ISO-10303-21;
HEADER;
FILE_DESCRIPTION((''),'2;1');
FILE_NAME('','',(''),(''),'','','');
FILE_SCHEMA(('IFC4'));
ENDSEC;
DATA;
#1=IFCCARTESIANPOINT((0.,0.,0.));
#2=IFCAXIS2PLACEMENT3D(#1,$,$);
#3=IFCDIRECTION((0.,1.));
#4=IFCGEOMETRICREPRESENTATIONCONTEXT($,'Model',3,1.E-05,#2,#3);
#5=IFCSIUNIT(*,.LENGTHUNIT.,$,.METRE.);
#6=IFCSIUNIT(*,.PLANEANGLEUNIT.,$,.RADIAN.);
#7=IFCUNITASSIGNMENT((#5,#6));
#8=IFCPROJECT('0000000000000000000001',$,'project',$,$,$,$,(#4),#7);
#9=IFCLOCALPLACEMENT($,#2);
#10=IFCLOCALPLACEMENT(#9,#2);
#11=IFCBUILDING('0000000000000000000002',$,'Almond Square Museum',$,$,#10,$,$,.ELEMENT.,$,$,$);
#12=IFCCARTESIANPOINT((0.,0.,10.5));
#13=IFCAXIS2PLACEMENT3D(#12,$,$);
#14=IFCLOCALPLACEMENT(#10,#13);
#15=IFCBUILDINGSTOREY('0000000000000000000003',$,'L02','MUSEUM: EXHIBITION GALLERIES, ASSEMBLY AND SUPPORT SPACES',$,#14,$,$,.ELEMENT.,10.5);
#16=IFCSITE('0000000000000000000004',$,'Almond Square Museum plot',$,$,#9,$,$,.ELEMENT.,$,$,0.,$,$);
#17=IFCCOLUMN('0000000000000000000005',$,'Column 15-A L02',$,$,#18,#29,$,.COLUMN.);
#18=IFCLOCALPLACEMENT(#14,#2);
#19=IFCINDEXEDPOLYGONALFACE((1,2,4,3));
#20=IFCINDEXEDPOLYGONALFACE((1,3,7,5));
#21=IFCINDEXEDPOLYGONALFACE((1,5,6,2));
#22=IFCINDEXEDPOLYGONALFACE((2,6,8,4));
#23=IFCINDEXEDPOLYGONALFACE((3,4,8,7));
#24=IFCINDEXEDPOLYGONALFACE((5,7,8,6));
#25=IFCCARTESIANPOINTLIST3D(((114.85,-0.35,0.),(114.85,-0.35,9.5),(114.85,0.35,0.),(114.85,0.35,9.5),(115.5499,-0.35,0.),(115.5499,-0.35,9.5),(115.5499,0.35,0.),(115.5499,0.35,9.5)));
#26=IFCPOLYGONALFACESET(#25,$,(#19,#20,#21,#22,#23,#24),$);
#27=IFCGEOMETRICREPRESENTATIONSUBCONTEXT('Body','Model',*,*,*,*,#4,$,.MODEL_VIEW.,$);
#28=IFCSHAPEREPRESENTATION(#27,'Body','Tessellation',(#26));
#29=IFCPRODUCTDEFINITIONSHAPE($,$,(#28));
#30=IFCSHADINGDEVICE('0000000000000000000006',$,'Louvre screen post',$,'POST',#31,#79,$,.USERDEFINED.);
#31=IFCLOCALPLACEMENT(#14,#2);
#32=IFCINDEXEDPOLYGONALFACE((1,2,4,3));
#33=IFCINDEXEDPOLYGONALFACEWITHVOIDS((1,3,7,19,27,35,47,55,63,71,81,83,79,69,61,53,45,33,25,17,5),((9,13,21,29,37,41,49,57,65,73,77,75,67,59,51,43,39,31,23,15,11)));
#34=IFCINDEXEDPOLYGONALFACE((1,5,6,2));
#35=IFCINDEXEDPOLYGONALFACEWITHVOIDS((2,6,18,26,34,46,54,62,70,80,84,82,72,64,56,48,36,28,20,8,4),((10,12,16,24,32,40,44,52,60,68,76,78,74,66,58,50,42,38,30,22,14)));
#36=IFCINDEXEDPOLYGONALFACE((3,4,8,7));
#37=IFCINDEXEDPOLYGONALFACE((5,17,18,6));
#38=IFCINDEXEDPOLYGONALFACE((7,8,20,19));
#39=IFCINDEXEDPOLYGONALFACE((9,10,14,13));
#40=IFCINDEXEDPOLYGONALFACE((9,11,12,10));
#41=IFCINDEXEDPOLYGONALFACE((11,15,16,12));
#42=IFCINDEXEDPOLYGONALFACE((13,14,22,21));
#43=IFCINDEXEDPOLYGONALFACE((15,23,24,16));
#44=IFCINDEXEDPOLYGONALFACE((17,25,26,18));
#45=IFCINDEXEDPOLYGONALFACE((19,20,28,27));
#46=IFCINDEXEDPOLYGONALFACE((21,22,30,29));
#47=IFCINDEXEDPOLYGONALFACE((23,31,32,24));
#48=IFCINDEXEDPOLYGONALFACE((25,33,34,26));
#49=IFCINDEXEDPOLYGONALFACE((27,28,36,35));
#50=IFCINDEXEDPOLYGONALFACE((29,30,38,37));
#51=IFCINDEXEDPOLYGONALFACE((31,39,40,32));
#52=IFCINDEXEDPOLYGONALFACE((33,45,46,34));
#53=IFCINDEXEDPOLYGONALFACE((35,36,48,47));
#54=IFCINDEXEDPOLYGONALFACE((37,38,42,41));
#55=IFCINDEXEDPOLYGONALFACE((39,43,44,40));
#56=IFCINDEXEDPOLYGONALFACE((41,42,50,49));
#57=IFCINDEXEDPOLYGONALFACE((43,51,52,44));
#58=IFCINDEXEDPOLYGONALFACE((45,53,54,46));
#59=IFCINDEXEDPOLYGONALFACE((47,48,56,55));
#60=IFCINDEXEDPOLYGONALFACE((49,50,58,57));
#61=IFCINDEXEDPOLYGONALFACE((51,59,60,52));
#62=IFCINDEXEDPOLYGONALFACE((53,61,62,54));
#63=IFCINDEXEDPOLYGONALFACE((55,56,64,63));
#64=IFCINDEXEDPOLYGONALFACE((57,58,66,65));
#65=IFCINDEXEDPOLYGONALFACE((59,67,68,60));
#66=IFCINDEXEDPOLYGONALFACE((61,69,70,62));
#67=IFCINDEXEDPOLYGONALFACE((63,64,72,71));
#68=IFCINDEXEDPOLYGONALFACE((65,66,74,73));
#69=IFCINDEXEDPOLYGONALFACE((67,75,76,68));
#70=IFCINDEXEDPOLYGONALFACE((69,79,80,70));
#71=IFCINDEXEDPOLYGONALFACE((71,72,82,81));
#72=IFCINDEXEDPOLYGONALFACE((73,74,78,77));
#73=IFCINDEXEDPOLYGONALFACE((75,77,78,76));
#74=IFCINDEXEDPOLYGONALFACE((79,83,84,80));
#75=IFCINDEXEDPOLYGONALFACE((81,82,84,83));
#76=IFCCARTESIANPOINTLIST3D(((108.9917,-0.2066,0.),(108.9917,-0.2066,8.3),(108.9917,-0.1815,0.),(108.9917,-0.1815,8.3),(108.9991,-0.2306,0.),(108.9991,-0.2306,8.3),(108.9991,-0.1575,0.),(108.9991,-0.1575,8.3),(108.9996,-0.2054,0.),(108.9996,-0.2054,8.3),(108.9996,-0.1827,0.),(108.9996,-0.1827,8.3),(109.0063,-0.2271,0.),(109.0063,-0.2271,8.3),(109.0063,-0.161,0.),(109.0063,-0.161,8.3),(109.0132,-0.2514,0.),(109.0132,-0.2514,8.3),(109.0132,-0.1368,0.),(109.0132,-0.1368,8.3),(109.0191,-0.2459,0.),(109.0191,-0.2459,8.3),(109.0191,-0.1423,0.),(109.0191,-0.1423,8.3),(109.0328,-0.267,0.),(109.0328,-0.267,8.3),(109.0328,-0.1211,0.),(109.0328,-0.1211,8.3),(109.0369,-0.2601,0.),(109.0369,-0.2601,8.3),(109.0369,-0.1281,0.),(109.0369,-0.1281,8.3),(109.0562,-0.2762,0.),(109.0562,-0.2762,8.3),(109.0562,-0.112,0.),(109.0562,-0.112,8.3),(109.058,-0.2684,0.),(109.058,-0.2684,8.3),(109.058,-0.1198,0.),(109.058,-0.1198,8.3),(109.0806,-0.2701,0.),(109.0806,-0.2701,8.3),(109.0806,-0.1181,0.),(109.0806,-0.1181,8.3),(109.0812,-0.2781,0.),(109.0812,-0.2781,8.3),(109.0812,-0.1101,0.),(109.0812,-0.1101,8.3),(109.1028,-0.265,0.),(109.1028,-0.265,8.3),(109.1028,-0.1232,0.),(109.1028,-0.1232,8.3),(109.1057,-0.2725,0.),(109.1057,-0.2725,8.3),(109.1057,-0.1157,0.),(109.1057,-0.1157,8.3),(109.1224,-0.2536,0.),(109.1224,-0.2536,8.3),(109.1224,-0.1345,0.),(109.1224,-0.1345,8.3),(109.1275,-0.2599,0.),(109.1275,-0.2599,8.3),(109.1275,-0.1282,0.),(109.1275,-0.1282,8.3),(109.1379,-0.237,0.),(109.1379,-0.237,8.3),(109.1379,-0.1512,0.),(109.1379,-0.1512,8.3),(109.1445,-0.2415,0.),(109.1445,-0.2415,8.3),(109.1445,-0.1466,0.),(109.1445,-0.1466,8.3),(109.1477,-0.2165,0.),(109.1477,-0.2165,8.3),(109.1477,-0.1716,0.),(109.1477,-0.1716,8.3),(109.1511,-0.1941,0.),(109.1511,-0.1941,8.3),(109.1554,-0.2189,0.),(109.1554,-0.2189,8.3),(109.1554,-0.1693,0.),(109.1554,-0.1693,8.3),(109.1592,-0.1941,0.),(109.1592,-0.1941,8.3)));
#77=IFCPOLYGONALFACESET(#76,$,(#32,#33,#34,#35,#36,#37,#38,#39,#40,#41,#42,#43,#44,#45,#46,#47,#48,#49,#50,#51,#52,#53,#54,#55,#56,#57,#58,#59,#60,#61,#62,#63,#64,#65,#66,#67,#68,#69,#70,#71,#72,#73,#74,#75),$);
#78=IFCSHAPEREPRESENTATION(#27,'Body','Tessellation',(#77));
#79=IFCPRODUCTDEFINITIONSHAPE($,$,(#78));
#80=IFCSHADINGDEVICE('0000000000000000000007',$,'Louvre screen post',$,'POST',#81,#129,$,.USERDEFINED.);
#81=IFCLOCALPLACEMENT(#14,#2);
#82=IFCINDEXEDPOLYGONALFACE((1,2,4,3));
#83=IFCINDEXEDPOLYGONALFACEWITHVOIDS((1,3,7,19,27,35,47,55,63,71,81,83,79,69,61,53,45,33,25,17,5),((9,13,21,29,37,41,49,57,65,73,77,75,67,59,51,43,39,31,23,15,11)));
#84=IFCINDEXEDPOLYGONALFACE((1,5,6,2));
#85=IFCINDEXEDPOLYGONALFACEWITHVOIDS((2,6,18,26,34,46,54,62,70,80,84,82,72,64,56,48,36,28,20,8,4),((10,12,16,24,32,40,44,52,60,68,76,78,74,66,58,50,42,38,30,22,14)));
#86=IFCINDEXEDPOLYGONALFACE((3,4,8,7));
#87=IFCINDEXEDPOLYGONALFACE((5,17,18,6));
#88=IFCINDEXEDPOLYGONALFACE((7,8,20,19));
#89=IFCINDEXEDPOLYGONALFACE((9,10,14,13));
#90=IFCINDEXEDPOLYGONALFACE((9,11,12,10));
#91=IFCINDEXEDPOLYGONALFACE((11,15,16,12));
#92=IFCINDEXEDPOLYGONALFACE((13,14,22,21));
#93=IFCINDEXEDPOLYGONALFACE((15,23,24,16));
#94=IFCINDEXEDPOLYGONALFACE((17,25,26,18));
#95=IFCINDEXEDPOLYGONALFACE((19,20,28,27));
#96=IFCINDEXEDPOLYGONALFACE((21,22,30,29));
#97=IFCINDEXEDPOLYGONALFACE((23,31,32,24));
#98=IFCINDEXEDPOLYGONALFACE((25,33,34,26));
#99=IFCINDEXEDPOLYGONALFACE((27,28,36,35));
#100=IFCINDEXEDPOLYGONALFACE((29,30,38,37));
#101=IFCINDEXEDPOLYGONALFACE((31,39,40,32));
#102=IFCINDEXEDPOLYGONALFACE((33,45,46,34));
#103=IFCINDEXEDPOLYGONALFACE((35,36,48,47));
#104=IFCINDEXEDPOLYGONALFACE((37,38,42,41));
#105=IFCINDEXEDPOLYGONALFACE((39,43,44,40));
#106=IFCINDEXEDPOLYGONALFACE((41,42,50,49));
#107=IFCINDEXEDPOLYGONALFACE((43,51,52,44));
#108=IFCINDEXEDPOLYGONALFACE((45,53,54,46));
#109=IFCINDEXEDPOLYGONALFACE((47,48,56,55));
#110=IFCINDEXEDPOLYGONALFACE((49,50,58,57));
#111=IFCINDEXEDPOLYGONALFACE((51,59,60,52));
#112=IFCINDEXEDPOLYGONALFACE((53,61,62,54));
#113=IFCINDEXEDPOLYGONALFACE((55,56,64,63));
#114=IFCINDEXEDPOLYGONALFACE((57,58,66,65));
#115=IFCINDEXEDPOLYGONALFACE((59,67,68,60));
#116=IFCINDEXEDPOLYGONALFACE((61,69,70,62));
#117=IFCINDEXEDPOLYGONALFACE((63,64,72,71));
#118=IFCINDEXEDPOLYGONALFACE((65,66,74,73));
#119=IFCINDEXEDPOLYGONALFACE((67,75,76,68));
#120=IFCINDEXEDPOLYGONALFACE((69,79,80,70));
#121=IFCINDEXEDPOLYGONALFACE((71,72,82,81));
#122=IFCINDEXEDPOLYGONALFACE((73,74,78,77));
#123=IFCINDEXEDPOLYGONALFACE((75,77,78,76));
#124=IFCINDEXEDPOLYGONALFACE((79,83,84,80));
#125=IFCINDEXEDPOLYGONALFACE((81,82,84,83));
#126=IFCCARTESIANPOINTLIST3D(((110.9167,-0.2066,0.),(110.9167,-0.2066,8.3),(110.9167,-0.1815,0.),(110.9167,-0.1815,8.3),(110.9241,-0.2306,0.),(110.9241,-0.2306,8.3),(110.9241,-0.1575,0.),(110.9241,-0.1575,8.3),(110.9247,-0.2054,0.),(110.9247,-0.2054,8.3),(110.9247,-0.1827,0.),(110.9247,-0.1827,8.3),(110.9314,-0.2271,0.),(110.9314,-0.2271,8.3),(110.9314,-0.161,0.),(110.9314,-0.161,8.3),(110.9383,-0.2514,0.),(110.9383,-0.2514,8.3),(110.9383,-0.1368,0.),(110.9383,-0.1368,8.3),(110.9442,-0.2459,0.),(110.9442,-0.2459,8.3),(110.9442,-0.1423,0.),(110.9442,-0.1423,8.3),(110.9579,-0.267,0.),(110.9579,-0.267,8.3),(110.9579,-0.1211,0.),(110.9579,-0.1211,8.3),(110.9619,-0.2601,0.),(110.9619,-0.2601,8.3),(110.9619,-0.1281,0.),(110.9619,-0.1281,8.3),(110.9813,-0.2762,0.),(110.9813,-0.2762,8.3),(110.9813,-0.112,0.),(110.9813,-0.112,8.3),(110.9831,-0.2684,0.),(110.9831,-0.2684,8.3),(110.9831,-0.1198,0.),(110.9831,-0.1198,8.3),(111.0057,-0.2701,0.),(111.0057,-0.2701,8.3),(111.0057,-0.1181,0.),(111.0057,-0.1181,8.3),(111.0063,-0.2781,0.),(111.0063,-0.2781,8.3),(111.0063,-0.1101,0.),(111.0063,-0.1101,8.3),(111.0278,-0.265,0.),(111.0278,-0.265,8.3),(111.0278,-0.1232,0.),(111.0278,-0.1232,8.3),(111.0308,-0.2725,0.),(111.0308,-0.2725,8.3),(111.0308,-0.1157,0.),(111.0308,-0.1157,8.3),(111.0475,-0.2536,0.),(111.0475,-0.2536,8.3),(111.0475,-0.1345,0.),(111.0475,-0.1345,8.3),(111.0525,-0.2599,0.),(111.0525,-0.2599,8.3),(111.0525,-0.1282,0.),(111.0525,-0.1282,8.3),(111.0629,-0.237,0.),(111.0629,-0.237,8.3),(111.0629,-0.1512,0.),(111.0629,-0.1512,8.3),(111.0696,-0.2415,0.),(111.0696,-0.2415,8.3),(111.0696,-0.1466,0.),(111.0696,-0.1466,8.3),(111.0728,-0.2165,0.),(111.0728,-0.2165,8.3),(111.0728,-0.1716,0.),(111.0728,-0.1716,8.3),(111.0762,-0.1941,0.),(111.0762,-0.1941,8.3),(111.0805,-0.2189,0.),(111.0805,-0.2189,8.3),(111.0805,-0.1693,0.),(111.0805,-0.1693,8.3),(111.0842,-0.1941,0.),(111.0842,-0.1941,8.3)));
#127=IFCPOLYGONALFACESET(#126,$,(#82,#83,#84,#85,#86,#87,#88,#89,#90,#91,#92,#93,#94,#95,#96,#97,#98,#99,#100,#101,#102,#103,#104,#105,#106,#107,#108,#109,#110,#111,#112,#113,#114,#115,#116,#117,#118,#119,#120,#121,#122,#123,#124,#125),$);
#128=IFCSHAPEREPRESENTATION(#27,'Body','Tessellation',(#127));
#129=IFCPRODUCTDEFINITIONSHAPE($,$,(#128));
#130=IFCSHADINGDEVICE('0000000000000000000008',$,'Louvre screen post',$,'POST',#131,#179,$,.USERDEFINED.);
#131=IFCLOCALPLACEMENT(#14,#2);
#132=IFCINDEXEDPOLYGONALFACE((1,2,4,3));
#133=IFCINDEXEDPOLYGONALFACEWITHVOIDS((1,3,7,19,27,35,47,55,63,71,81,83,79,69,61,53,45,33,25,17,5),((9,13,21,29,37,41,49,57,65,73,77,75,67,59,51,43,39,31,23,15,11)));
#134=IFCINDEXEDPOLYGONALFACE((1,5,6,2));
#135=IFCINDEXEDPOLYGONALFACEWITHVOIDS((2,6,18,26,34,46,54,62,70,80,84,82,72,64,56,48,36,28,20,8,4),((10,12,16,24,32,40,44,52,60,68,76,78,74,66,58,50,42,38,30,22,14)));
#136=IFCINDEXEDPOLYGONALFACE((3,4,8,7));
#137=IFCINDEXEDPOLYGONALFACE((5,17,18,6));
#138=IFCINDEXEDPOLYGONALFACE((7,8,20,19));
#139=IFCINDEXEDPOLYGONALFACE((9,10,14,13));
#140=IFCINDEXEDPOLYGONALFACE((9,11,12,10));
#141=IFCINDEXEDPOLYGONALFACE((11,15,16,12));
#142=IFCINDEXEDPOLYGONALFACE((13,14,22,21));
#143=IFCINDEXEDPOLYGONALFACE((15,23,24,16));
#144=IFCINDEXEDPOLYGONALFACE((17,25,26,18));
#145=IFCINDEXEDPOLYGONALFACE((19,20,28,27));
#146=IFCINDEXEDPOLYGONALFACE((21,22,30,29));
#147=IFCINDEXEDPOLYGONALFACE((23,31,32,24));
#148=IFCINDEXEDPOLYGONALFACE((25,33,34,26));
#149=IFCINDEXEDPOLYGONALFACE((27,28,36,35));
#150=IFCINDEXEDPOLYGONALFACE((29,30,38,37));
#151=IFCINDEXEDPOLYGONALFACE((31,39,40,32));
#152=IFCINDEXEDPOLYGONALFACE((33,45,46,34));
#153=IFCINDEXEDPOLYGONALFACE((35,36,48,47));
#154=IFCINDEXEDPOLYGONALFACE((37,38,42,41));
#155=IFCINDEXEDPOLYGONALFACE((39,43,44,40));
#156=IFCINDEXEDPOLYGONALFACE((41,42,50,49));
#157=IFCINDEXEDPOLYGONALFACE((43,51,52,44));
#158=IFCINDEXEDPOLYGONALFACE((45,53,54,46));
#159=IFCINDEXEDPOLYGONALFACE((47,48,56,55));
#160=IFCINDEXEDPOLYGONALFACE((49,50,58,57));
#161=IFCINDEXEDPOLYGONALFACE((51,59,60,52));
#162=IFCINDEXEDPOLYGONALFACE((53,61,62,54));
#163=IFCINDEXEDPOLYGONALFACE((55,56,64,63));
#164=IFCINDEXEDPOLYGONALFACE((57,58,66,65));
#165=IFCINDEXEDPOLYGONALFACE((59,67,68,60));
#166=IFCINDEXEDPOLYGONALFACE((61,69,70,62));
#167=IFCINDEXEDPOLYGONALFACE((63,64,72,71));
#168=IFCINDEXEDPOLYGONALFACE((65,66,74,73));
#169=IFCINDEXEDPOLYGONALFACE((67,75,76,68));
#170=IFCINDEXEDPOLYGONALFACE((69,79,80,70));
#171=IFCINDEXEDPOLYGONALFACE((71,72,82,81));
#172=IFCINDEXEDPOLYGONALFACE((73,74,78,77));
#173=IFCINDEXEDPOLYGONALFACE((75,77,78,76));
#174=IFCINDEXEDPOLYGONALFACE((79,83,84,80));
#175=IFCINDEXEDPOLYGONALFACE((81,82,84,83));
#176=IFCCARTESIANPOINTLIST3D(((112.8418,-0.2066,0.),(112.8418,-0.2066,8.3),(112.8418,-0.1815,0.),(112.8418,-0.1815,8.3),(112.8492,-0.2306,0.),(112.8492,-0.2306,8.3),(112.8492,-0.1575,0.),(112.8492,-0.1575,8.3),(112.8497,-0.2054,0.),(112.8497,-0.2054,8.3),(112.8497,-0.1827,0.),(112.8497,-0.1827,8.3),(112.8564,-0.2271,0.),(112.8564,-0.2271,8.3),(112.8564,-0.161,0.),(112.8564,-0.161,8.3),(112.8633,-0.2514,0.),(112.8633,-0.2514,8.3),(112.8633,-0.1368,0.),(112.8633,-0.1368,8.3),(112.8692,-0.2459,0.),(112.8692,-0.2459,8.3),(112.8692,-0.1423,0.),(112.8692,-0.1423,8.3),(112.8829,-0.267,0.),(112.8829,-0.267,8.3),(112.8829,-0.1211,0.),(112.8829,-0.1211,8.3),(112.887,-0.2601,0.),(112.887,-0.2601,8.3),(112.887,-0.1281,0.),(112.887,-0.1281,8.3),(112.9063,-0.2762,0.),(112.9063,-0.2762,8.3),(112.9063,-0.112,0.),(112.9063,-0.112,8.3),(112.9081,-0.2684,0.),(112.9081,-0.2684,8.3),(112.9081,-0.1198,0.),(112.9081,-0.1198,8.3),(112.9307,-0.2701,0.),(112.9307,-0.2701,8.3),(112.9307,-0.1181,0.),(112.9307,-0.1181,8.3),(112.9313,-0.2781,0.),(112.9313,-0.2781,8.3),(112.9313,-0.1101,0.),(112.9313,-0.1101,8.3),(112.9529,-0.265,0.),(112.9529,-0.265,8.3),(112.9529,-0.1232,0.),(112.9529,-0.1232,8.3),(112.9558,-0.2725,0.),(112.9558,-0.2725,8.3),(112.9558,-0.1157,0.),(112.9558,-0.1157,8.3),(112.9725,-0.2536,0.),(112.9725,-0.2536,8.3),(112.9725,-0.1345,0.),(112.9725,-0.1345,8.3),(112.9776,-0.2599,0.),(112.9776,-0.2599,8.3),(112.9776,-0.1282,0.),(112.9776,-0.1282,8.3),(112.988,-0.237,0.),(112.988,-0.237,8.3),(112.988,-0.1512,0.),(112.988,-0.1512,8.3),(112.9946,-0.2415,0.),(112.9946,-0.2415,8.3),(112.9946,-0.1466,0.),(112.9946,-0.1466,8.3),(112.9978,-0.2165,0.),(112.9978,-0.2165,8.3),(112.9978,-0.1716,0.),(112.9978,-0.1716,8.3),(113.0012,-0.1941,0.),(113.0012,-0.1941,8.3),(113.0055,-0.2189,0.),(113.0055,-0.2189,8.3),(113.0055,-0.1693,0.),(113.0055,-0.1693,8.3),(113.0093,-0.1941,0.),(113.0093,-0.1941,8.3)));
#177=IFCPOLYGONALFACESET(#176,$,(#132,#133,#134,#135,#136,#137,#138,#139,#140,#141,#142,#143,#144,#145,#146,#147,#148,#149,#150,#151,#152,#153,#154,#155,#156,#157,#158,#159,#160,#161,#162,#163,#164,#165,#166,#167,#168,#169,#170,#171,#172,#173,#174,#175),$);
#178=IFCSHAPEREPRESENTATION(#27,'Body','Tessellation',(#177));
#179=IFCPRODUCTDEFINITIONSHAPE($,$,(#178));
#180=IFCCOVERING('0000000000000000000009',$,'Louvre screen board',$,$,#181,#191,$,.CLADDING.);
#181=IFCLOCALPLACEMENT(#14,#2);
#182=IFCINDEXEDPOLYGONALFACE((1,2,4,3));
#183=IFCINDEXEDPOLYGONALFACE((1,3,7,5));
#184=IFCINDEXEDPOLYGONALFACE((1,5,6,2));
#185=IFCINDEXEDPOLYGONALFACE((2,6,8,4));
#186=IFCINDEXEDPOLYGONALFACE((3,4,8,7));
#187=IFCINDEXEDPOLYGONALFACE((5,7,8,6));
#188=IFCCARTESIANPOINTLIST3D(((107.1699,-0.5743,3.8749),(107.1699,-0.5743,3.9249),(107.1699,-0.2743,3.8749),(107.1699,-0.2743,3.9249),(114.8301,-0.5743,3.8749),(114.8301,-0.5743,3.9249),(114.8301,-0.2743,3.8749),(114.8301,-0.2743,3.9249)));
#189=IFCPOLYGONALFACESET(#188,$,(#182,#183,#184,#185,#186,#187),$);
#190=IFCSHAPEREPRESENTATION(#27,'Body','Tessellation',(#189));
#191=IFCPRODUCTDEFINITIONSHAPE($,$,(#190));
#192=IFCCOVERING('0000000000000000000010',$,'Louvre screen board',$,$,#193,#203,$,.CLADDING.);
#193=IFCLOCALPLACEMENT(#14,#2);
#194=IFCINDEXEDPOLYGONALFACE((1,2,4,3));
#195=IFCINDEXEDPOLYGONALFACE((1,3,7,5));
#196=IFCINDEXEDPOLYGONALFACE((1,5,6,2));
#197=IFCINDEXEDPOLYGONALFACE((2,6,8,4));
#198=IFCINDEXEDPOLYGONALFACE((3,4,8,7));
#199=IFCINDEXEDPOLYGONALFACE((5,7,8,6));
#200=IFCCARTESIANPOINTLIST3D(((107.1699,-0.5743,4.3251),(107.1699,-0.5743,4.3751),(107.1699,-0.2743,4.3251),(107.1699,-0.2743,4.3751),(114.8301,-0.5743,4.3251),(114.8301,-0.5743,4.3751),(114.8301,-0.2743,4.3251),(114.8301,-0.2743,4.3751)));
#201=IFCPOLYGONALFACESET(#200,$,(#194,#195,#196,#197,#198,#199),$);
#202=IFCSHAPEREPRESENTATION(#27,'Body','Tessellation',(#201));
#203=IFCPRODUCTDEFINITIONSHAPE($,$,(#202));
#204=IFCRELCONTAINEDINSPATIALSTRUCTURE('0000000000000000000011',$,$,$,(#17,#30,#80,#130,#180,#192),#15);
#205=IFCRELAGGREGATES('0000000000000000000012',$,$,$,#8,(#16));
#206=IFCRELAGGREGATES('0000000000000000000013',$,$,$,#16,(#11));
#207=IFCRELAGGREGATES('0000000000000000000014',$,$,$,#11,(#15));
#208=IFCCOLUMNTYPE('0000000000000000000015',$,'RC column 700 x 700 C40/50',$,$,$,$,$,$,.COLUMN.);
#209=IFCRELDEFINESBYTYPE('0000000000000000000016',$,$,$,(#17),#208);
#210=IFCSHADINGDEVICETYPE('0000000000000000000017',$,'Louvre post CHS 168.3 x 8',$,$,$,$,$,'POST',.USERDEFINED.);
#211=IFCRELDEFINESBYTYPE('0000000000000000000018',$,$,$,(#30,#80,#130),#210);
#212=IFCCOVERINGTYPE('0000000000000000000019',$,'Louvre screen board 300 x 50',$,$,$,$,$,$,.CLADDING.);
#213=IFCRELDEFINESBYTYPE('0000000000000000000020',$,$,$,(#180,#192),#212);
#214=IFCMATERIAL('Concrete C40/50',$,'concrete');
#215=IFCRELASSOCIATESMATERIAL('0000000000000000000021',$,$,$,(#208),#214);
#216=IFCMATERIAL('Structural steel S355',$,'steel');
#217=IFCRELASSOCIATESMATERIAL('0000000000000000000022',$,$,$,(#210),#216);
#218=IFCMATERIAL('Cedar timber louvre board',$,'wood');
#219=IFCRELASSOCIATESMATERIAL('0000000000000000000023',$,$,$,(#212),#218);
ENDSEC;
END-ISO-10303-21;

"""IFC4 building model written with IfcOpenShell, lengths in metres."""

from ifc_helpers import new_model, si_unit, direction, frame, origin, origin_2d, place, context, subcontext, project, spatial, rectangle, hollow_circle, extrude, material, material_profile, profile_set, type_object, element, save


model = new_model("IFC4")

# Units and contexts
model_context = context("Model", 3, precision=1e-05, world=origin(), true_north=direction((0.0, 1.0)))
body_context = subcontext(model_context, "Body", "Model", "MODEL_VIEW")
ifc_project = project(units=[si_unit("LENGTHUNIT", "METRE"), si_unit("PLANEANGLEUNIT", "RADIAN")], contexts=[model_context])

# Site, building, storey
site_placement = place(None, origin())
site = spatial("IfcSite", under=ifc_project, at=site_placement, Name="Almond Square Museum plot", CompositionType="ELEMENT", RefElevation=0.0)
building_placement = place(site_placement, origin())
building = spatial("IfcBuilding", under=site, at=building_placement, Name="Almond Square Museum", CompositionType="ELEMENT")
storey_placement = place(building_placement, frame((0.0, 0.0, 10.5)))
storey = spatial("IfcBuildingStorey", under=building, at=storey_placement, Name="L02", Description="MUSEUM: EXHIBITION GALLERIES, ASSEMBLY AND SUPPORT SPACES", CompositionType="ELEMENT", Elevation=10.5)

# Column
ifc_material_1 = material(Name="Concrete C40/50", Category="concrete")
ifc_material_profile_1 = material_profile(ifc_material_1, rectangle(XDim=0.7, YDim=0.7, at=origin_2d()))
ifc_profile_set_1 = profile_set([ifc_material_profile_1], Name="Concrete C40/50")
column_type = type_object("IfcColumnType", Name="RC column 700 x 700 C40/50", PredefinedType="COLUMN", material=ifc_profile_set_1)
column_placement = place(storey_placement, frame((115.2, 0.0, 0.0), z_axis=(0.0, 0.0, 1.0), x_axis=(1.0, 0.0, 0.0)))
element("IfcColumn", 1, at=column_placement, inside=storey, type_object=column_type, Name="Column 15-A L02", PredefinedType="COLUMN", context=body_context, shape_type="SweptSolid", body=[
    extrude(rectangle(XDim=0.7, YDim=0.7, at=origin_2d()), origin(), (0.0, 0.0, 1.0), 9.5),
])

# Shading devices
ifc_material_2 = material(Name="Structural steel S355", Category="steel")
ifc_material_profile_2 = material_profile(ifc_material_2, hollow_circle(Radius=0.0842, WallThickness=0.0081, at=origin_2d()))
ifc_profile_set_2 = profile_set([ifc_material_profile_2], Name="Structural steel S355")
shading_device_type = type_object("IfcShadingDeviceType", Name="Louvre post CHS 168.3 x 8", ElementType="POST", PredefinedType="USERDEFINED", material=ifc_profile_set_2)
for number, where, z_axis, x_axis, name in (
    (2, (109.075, -0.1941, 0.0), (0.0, 0.0, 1.0), (1.0, 0.0, 0.0), "Louvre screen post"),
    (3, (111.0, -0.1941, 0.0), (0.0, 0.0, 1.0), (1.0, 0.0, 0.0), "Louvre screen post"),
    (4, (112.925, -0.1941, 0.0), (0.0, 0.0, 1.0), (1.0, 0.0, 0.0), "Louvre screen post"),
):
    element("IfcShadingDevice", number, at=place(storey_placement, frame(where, z_axis=z_axis, x_axis=x_axis)), inside=storey, type_object=shading_device_type, Name=name, ObjectType="POST", PredefinedType="USERDEFINED", context=body_context, shape_type="SweptSolid", body=[
        extrude(hollow_circle(Radius=0.0842, WallThickness=0.0081, at=origin_2d()), origin(), (0.0, 0.0, 1.0), 8.3),
    ])

# Coverings
ifc_material_3 = material(Name="Cedar timber louvre board", Category="wood")
ifc_material_profile_3 = material_profile(ifc_material_3, rectangle(XDim=0.3, YDim=0.05, at=origin_2d()))
ifc_profile_set_3 = profile_set([ifc_material_profile_3], Name="Cedar timber louvre board")
covering_type = type_object("IfcCoveringType", Name="Louvre screen board 300 x 50", PredefinedType="CLADDING", material=ifc_profile_set_3)
for number, where, z_axis, x_axis, name in (
    (5, (107.1699, -0.4243, 3.8999), (1.0, 0.0, 0.0), (0.0, 1.0, 0.0), "Louvre screen board"),
    (6, (107.1699, -0.4243, 4.3501), (1.0, 0.0, 0.0), (0.0, 1.0, 0.0), "Louvre screen board"),
):
    element("IfcCovering", number, at=place(storey_placement, frame(where, z_axis=z_axis, x_axis=x_axis)), inside=storey, type_object=covering_type, Name=name, PredefinedType="CLADDING", context=body_context, shape_type="SweptSolid", body=[
        extrude(rectangle(XDim=0.3, YDim=0.05, at=origin_2d()), origin(), (0.0, 0.0, 1.0), 7.6602),
    ])

save(model, "model.ifc")
